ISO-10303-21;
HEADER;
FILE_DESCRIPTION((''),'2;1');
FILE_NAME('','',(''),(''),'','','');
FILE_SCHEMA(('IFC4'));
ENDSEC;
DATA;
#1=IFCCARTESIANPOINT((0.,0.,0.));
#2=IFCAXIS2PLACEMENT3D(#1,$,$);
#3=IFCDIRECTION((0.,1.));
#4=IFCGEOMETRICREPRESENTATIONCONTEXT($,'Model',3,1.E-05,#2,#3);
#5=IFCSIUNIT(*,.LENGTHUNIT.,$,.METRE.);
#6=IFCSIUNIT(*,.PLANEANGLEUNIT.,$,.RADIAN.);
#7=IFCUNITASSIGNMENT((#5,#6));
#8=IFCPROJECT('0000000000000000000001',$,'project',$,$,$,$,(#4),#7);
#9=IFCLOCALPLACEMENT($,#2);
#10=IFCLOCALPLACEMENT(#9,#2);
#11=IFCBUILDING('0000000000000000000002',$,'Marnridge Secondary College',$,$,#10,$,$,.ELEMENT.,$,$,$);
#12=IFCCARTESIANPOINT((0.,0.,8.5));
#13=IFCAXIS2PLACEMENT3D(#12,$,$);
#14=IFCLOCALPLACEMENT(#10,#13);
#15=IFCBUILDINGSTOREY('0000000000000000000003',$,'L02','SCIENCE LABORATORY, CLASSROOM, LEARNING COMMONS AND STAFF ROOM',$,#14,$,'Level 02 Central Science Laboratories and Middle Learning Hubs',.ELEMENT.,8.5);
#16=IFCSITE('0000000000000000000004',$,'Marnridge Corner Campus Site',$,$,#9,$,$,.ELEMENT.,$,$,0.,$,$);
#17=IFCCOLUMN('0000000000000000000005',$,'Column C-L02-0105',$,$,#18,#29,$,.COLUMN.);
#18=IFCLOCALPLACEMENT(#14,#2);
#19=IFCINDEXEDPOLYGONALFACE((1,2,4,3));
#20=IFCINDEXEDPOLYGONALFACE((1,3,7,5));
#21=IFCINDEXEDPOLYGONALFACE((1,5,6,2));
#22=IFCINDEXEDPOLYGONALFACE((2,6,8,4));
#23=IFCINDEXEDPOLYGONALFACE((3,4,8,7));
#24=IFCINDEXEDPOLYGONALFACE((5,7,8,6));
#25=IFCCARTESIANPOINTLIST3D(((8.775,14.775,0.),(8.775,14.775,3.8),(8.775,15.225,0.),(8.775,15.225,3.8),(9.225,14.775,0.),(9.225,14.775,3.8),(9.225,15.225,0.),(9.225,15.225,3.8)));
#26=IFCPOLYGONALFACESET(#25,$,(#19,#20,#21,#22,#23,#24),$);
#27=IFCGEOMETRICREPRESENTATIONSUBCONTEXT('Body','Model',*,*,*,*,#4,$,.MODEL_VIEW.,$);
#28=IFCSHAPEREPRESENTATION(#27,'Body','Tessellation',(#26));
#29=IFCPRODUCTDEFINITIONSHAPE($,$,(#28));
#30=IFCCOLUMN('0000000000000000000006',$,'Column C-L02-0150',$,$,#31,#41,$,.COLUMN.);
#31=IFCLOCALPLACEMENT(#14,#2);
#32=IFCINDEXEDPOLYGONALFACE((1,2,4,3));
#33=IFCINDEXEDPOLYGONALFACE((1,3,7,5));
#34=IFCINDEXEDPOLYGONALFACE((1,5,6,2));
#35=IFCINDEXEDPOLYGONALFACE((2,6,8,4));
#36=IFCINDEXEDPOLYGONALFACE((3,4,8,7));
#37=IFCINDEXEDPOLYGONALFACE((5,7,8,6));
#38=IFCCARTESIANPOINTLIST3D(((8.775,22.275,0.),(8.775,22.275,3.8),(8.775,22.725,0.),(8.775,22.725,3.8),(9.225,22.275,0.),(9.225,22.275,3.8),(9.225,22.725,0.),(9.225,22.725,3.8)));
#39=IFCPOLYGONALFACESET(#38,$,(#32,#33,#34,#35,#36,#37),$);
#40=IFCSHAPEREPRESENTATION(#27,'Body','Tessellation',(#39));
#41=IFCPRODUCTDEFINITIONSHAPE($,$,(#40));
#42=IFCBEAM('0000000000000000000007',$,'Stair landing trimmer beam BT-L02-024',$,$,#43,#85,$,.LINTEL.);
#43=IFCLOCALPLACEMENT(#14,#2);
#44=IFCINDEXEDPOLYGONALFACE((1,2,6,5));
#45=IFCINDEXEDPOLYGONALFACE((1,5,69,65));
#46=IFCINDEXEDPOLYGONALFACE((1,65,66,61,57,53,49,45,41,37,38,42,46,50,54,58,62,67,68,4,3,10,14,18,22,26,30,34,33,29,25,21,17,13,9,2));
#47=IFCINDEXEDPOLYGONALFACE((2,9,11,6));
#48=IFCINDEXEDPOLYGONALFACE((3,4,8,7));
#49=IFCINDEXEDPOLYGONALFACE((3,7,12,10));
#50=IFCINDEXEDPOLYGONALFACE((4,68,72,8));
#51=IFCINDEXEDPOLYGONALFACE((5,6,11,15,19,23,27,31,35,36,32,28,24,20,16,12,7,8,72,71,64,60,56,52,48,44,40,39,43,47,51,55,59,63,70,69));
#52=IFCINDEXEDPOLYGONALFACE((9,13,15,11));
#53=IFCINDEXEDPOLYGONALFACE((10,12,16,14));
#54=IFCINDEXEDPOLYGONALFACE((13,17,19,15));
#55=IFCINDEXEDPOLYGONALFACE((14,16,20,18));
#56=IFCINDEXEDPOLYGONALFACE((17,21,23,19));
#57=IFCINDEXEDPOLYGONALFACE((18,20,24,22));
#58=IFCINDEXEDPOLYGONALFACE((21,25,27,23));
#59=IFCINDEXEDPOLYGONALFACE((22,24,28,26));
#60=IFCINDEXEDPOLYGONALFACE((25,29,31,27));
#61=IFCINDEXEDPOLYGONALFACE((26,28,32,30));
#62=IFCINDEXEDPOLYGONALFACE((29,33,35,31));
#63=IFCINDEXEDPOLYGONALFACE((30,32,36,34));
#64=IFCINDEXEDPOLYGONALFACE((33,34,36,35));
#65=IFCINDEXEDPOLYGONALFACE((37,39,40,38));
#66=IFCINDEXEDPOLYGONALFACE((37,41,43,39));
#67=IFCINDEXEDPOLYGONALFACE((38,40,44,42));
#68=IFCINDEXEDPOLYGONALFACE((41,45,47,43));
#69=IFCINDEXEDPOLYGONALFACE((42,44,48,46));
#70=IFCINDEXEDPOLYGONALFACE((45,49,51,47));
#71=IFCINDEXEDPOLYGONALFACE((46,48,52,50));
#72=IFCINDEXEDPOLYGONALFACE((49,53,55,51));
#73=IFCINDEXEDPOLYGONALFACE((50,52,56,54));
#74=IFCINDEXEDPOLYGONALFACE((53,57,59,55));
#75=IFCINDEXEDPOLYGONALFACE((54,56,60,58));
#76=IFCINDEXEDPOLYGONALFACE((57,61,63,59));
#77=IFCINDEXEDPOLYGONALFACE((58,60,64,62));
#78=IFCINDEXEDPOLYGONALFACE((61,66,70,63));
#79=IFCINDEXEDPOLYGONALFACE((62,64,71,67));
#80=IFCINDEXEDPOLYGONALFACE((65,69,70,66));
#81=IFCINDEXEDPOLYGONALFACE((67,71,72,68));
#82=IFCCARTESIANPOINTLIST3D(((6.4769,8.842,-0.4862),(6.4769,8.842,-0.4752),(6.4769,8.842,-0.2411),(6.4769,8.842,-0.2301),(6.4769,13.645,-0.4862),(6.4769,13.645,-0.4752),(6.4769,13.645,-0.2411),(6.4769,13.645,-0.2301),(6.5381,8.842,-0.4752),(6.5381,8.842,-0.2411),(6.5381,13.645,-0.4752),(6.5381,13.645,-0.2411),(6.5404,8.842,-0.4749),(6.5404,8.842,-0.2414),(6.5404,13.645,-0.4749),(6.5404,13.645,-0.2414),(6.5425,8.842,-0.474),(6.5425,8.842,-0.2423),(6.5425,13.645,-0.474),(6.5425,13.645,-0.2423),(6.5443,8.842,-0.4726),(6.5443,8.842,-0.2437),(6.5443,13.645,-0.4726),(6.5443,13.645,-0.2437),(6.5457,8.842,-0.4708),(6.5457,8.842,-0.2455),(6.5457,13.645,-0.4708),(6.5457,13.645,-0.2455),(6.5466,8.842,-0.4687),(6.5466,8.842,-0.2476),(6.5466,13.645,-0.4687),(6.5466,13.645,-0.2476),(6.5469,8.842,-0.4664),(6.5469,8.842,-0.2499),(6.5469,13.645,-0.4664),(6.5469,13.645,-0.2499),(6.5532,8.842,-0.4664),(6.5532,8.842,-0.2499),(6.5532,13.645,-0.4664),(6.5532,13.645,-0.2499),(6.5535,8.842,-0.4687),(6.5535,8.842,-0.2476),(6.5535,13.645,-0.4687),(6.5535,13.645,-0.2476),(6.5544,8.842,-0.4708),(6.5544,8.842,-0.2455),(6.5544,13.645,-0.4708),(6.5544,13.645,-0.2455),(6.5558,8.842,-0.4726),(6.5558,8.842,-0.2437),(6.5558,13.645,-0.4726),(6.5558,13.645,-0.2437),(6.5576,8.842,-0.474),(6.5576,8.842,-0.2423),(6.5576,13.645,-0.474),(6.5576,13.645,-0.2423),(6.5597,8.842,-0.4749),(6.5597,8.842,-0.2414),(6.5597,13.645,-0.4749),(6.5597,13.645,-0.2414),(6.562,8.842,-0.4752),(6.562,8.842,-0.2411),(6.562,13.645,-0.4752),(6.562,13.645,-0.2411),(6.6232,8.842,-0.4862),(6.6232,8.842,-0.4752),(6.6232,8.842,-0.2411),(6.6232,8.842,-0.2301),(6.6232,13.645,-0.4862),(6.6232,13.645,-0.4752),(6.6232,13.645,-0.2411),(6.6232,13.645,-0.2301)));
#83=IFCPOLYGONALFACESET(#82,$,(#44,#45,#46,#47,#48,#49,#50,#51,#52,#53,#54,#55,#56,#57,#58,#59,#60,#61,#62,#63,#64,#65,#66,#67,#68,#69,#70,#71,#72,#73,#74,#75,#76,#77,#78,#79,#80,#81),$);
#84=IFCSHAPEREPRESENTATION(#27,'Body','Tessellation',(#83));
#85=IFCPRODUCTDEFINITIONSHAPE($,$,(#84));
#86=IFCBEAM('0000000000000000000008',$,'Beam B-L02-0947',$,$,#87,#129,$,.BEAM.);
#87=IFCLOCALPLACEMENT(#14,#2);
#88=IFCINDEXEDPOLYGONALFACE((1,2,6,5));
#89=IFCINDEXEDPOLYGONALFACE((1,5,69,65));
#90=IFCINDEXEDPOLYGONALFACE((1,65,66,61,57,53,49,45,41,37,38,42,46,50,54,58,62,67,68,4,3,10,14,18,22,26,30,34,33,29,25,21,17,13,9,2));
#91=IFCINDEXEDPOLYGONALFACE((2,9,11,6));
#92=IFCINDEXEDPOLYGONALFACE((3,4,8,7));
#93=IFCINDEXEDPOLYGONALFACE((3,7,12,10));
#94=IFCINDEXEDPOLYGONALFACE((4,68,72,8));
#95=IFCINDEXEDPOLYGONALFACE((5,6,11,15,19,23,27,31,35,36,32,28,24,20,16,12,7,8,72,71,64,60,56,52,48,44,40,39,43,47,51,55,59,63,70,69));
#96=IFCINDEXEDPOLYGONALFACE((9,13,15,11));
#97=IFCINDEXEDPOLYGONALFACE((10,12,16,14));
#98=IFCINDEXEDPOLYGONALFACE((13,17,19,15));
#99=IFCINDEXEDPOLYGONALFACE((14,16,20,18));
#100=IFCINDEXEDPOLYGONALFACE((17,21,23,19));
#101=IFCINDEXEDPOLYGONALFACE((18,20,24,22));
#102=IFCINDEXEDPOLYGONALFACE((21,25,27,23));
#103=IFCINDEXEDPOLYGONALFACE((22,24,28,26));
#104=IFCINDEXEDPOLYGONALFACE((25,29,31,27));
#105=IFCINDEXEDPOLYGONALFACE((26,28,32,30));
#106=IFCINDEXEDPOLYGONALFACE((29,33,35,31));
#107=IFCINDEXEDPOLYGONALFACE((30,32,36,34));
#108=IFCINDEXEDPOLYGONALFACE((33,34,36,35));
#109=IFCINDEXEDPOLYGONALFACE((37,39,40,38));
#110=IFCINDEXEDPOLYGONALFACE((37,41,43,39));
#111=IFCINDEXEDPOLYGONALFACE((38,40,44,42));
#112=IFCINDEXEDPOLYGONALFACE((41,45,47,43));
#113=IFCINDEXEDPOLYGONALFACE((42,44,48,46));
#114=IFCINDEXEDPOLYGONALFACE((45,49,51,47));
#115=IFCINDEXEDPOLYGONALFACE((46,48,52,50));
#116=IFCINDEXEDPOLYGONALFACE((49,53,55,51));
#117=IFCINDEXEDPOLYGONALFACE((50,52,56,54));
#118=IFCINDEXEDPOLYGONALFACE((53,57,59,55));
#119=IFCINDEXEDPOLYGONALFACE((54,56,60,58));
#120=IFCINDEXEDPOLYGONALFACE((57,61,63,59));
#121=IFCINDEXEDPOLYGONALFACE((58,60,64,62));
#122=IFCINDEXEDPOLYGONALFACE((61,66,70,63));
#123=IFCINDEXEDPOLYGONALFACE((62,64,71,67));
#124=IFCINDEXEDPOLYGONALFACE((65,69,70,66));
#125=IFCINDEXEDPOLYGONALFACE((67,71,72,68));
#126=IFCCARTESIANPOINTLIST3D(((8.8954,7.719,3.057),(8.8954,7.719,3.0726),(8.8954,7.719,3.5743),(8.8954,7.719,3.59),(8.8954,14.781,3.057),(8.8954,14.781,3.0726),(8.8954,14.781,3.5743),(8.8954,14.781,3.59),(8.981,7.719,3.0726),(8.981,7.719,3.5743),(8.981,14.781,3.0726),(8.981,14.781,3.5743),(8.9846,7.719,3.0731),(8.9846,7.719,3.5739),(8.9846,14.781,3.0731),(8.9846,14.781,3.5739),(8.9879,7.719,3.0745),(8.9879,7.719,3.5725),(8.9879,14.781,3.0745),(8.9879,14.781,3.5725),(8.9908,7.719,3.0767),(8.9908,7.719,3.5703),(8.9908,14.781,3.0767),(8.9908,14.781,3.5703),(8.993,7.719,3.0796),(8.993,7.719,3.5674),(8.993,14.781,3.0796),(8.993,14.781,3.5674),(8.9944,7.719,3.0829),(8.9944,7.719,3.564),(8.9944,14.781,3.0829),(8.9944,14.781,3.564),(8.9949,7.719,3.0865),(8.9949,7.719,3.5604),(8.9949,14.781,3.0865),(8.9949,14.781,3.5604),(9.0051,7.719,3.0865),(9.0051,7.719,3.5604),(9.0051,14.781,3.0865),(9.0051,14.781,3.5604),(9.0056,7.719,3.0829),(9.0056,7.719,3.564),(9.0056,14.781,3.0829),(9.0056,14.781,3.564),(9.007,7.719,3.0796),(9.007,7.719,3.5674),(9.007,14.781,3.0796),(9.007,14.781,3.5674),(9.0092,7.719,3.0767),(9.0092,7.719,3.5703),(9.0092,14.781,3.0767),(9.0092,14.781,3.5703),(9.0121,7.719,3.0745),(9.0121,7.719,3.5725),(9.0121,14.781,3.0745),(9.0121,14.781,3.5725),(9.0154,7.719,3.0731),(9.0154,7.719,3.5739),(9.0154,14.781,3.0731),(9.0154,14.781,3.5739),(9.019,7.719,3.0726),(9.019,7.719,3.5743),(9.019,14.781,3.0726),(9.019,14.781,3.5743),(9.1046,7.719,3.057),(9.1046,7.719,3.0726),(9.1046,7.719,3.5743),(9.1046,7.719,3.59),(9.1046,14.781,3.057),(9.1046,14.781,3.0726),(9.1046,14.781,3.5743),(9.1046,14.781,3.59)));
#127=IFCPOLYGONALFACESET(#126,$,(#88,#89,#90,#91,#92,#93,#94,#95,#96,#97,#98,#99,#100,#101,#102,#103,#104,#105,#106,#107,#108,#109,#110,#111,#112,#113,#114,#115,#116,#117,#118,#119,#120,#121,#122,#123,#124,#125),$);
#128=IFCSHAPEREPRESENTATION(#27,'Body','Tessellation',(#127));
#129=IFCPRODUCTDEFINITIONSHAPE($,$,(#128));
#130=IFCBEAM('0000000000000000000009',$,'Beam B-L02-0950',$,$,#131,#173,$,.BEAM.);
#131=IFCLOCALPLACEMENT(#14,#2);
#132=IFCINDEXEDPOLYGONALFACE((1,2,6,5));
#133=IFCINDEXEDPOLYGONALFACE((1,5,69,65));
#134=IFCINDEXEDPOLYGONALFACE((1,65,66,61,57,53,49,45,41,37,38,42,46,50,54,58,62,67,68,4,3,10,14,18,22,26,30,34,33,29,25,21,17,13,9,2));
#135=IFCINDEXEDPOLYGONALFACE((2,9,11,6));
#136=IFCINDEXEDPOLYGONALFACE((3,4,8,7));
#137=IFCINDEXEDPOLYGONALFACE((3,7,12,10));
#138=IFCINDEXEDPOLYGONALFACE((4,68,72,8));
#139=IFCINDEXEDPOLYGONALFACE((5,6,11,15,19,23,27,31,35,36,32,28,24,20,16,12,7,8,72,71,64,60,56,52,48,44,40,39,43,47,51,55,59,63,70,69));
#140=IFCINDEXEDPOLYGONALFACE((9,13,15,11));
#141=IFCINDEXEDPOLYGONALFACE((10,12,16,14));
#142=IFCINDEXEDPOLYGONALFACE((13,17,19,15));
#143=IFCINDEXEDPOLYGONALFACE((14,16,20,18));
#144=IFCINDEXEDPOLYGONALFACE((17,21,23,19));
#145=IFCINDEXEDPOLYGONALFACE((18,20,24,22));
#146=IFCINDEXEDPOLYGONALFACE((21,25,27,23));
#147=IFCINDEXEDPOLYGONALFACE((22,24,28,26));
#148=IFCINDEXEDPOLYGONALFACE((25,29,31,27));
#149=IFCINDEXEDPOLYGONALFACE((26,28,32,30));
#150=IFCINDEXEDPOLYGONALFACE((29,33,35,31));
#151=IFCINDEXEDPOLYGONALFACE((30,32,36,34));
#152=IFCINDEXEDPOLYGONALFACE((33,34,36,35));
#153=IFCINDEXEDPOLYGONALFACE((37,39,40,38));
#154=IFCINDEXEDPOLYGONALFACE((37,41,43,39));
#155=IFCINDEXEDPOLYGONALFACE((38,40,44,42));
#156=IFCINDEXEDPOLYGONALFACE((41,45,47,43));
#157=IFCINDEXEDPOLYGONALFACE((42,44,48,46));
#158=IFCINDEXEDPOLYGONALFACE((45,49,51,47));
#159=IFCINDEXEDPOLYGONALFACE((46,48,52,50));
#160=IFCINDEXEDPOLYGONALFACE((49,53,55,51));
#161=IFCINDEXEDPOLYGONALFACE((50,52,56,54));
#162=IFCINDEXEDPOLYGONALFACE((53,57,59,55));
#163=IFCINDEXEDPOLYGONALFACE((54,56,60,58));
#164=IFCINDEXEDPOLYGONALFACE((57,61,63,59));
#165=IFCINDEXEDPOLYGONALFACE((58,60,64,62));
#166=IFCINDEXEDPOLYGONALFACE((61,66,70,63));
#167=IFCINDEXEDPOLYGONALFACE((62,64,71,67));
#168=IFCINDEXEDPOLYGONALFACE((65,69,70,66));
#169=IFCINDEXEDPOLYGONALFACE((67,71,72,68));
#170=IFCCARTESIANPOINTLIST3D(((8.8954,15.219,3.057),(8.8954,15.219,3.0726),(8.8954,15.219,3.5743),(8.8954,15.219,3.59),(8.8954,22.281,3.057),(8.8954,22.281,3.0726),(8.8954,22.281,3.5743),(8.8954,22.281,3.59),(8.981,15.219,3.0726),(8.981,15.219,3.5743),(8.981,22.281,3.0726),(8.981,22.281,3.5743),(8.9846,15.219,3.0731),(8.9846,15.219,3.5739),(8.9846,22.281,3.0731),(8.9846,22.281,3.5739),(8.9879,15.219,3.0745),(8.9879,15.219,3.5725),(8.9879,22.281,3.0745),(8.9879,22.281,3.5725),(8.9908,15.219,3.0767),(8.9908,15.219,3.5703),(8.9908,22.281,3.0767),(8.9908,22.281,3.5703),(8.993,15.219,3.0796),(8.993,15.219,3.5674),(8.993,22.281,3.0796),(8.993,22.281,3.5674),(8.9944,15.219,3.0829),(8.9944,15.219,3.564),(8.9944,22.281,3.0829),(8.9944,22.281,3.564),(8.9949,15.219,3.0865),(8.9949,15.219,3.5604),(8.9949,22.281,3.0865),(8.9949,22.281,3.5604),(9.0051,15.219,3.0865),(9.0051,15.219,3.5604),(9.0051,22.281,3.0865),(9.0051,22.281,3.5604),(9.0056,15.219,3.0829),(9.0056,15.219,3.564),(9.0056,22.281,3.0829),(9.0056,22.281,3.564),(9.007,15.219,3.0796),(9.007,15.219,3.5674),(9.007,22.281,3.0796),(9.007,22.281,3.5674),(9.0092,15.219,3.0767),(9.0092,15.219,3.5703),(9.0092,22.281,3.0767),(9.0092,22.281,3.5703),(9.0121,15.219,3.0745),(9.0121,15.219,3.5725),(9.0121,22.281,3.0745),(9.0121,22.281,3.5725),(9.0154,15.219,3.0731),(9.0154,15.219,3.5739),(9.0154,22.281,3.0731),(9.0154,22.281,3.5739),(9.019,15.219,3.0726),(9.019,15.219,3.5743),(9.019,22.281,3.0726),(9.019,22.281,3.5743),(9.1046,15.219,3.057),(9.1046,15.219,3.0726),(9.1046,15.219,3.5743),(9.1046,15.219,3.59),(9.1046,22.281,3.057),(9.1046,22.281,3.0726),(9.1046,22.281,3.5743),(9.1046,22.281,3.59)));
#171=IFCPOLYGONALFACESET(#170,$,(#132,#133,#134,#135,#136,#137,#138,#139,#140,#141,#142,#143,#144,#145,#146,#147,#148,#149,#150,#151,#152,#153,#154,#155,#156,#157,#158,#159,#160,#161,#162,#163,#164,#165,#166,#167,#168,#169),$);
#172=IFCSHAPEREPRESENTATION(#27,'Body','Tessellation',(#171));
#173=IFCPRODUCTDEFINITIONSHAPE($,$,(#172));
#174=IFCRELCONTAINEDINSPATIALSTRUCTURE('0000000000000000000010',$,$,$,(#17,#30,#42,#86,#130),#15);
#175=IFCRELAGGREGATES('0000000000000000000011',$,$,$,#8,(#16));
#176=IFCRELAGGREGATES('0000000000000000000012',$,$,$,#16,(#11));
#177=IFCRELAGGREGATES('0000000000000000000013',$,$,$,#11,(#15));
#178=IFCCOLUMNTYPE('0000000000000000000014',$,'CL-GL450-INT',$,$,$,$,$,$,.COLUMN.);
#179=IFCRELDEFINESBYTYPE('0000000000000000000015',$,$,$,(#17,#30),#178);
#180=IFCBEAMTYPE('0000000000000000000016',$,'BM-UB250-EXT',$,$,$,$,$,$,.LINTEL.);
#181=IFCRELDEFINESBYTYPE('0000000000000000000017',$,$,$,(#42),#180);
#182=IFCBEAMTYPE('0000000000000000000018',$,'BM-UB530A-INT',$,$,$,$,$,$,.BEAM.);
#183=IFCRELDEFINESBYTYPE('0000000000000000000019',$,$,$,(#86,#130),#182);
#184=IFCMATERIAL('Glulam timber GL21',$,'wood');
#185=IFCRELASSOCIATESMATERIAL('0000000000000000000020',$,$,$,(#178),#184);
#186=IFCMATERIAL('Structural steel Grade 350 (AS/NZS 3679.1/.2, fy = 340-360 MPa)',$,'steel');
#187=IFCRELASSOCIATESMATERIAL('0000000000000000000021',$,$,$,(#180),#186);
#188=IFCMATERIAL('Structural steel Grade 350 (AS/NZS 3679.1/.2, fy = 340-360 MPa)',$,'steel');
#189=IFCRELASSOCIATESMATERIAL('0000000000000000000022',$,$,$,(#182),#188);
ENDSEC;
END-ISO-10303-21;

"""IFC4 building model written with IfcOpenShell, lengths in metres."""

from ifc_helpers import new_model, si_unit, direction, frame, origin, origin_2d, place, context, subcontext, project, spatial, rectangle, i_section, extrude, material, material_profile, profile_set, type_object, element, save


model = new_model("IFC4")

# Units and contexts
model_context = context("Model", 3, precision=1e-05, world=origin(), true_north=direction((0.0, 1.0)))
body_context = subcontext(model_context, "Body", "Model", "MODEL_VIEW")
ifc_project = project(units=[si_unit("LENGTHUNIT", "METRE"), si_unit("PLANEANGLEUNIT", "RADIAN")], contexts=[model_context])

# Site, building, storey
site_placement = place(None, origin())
site = spatial("IfcSite", under=ifc_project, at=site_placement, Name="Marnridge Corner Campus Site", CompositionType="ELEMENT", RefElevation=0.0)
building_placement = place(site_placement, origin())
building = spatial("IfcBuilding", under=site, at=building_placement, Name="Marnridge Secondary College", CompositionType="ELEMENT")
storey_placement = place(building_placement, frame((0.0, 0.0, 8.5)))
storey = spatial("IfcBuildingStorey", under=building, at=storey_placement, Name="L02", Description="SCIENCE LABORATORY, CLASSROOM, LEARNING COMMONS AND STAFF ROOM", LongName="Level 02 Central Science Laboratories and Middle Learning Hubs", CompositionType="ELEMENT", Elevation=8.5)

# Columns
ifc_material_1 = material(Name="Glulam timber GL21", Category="wood")
ifc_material_profile_1 = material_profile(ifc_material_1, rectangle(XDim=0.45, YDim=0.45, at=origin_2d()), Name="GL21 450x450")
ifc_profile_set_1 = profile_set([ifc_material_profile_1], Name="Glulam timber GL21")
column_type = type_object("IfcColumnType", Name="CL-GL450-INT", PredefinedType="COLUMN", material=ifc_profile_set_1)
for number, where, z_axis, x_axis, name in (
    (1, (9.0, 15.0, 0.0), (0.0, 0.0, 1.0), (1.0, 0.0, 0.0), "Column C-L02-0105"),
    (2, (9.0, 22.5, 0.0), (0.0, 0.0, 1.0), (1.0, 0.0, 0.0), "Column C-L02-0150"),
):
    element("IfcColumn", number, at=place(storey_placement, frame(where, z_axis=z_axis, x_axis=x_axis)), inside=storey, type_object=column_type, Name=name, PredefinedType="COLUMN", context=body_context, shape_type="SweptSolid", body=[
        extrude(rectangle(XDim=0.45, YDim=0.45, at=origin_2d()), origin(), (0.0, 0.0, 1.0), 3.8),
    ])

# Beams
ifc_material_2 = material(Name="Structural steel Grade 350 (AS/NZS 3679.1/.2, fy = 340-360 MPa)", Category="steel")
ifc_material_profile_2 = material_profile(ifc_material_2, i_section(OverallWidth=0.1462, OverallDepth=0.2561, WebThickness=0.0063, FlangeThickness=0.011, FilletRadius=0.0088, at=origin_2d()), Name="250UB37.3")
ifc_profile_set_2 = profile_set([ifc_material_profile_2], Name="Structural steel Grade 350 (AS/NZS 3679.1/.2, fy = 340-360 MPa)")
beam_type_1 = type_object("IfcBeamType", Name="BM-UB250-EXT", PredefinedType="LINTEL", material=ifc_profile_set_2)
beam_placement = place(storey_placement, frame((6.55, 8.842, -0.3582), z_axis=(0.0, 1.0, 0.0), x_axis=(-1.0, 0.0, 0.0)))
element("IfcBeam", 3, at=beam_placement, inside=storey, type_object=beam_type_1, Name="Stair landing trimmer beam BT-L02-024", PredefinedType="LINTEL", context=body_context, shape_type="SweptSolid", body=[
    extrude(i_section(OverallWidth=0.1462, OverallDepth=0.2561, WebThickness=0.0063, FlangeThickness=0.011, FilletRadius=0.0088, at=origin_2d()), origin(), (0.0, 0.0, 1.0), 4.803),
])
ifc_material_3 = material(Name="Structural steel Grade 350 (AS/NZS 3679.1/.2, fy = 340-360 MPa)", Category="steel")
ifc_material_profile_3 = material_profile(ifc_material_3, i_section(OverallWidth=0.2092, OverallDepth=0.533, WebThickness=0.0103, FlangeThickness=0.0156, FilletRadius=0.0139, at=origin_2d()), Name="530UB92.4")
ifc_profile_set_3 = profile_set([ifc_material_profile_3], Name="Structural steel Grade 350 (AS/NZS 3679.1/.2, fy = 340-360 MPa)")
beam_type_2 = type_object("IfcBeamType", Name="BM-UB530A-INT", PredefinedType="BEAM", material=ifc_profile_set_3)
for number, where, z_axis, x_axis, name in (
    (4, (9.0, 7.719, 3.3235), (0.0, 1.0, 0.0), (-1.0, 0.0, 0.0), "Beam B-L02-0947"),
    (5, (9.0, 15.219, 3.3235), (0.0, 1.0, 0.0), (-1.0, 0.0, 0.0), "Beam B-L02-0950"),
):
    element("IfcBeam", number, at=place(storey_placement, frame(where, z_axis=z_axis, x_axis=x_axis)), inside=storey, type_object=beam_type_2, Name=name, PredefinedType="BEAM", context=body_context, shape_type="SweptSolid", body=[
        extrude(i_section(OverallWidth=0.2092, OverallDepth=0.533, WebThickness=0.0103, FlangeThickness=0.0156, FilletRadius=0.0139, at=origin_2d()), origin(), (0.0, 0.0, 1.0), 7.062),
    ])

save(model, "model.ifc")
